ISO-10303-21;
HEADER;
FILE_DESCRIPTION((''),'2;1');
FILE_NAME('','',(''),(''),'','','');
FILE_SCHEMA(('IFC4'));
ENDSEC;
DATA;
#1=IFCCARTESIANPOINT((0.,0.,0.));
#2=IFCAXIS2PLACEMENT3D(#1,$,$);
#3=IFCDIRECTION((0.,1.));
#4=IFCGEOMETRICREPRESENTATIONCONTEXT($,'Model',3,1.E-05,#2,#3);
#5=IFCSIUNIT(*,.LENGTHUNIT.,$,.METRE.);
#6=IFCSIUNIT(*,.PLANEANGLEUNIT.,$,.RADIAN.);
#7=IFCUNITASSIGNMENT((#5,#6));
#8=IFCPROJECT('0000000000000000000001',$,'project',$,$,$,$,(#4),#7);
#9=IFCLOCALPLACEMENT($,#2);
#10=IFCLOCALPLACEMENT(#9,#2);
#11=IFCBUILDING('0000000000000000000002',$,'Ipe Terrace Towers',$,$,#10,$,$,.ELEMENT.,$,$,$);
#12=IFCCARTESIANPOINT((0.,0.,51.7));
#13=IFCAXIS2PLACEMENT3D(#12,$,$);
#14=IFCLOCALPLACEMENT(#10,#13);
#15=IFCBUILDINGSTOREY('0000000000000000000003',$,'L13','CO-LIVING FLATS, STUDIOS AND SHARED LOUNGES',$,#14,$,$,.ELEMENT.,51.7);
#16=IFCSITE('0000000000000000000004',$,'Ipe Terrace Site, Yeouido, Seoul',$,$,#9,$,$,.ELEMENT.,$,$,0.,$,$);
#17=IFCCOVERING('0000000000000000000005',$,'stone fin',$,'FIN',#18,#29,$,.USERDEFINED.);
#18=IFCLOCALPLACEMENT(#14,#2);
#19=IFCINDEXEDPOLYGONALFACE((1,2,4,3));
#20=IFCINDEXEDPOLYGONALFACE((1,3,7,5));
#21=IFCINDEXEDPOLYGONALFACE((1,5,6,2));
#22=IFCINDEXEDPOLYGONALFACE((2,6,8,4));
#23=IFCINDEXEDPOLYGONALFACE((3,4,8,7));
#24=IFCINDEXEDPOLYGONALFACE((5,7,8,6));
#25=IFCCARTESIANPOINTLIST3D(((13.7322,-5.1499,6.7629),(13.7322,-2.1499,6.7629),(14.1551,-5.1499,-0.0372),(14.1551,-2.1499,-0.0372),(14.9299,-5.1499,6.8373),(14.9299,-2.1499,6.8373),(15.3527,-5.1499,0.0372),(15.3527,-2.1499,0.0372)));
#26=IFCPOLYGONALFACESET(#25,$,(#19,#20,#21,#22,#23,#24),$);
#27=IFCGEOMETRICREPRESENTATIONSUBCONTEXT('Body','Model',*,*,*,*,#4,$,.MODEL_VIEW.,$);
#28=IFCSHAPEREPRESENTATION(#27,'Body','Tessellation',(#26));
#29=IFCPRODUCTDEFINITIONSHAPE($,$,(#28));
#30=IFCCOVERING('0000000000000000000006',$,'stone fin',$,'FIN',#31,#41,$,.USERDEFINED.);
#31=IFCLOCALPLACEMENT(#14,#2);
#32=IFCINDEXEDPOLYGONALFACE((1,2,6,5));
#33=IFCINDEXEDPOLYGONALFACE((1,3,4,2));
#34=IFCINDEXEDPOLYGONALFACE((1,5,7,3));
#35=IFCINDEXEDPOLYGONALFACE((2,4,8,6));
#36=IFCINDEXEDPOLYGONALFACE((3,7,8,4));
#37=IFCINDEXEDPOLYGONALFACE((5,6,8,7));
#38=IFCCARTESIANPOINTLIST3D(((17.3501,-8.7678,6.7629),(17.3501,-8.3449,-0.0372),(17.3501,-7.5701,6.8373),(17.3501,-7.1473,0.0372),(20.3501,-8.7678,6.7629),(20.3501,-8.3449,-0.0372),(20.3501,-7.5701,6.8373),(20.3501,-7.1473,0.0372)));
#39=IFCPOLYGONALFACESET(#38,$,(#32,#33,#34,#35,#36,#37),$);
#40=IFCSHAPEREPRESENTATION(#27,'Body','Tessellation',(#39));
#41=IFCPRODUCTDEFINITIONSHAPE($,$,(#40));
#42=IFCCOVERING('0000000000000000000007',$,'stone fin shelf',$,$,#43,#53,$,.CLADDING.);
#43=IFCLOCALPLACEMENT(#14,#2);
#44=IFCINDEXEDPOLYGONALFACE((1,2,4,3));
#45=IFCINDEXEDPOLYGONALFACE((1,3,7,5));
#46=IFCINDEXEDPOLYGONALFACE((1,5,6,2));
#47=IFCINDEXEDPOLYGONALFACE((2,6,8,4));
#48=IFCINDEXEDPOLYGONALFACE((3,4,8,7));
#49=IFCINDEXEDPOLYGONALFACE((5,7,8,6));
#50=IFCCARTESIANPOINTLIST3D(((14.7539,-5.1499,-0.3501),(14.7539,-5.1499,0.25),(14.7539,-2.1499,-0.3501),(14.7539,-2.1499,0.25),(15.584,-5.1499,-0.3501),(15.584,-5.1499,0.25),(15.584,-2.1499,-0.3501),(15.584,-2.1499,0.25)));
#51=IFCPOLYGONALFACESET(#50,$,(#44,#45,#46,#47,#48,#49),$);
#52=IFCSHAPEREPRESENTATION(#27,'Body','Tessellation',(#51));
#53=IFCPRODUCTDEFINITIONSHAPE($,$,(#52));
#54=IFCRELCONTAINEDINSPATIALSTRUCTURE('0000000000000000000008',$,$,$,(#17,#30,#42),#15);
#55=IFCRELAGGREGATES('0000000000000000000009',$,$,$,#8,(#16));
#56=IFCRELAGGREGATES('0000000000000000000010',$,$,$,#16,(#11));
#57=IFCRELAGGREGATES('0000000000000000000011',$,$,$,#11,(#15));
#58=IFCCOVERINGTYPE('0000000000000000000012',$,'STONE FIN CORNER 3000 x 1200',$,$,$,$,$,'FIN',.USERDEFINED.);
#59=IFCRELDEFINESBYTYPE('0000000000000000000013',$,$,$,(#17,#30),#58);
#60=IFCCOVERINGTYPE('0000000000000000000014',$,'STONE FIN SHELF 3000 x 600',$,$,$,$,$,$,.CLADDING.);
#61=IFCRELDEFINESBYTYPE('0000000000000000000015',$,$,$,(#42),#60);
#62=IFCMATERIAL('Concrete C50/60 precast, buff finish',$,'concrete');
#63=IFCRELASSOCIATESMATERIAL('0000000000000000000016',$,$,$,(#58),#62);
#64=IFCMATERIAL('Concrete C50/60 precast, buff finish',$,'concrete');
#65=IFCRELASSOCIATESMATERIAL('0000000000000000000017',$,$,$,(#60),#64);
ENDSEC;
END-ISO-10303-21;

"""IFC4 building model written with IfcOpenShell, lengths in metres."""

from ifc_helpers import new_model, si_unit, direction, frame, origin, origin_2d, place, context, subcontext, project, spatial, rectangle, extrude, material, material_profile, profile_set, type_object, element, save


model = new_model("IFC4")

# Units and contexts
model_context = context("Model", 3, precision=1e-05, world=origin(), true_north=direction((0.0, 1.0)))
body_context = subcontext(model_context, "Body", "Model", "MODEL_VIEW")
ifc_project = project(units=[si_unit("LENGTHUNIT", "METRE"), si_unit("PLANEANGLEUNIT", "RADIAN")], contexts=[model_context])

# Site, building, storey
site_placement = place(None, origin())
site = spatial("IfcSite", under=ifc_project, at=site_placement, Name="Ipe Terrace Site, Yeouido, Seoul", CompositionType="ELEMENT", RefElevation=0.0)
building_placement = place(site_placement, origin())
building = spatial("IfcBuilding", under=site, at=building_placement, Name="Ipe Terrace Towers", CompositionType="ELEMENT")
storey_placement = place(building_placement, frame((0.0, 0.0, 51.7)))
storey = spatial("IfcBuildingStorey", under=building, at=storey_placement, Name="L13", Description="CO-LIVING FLATS, STUDIOS AND SHARED LOUNGES", CompositionType="ELEMENT", Elevation=51.7)

# Coverings
ifc_material_1 = material(Name="Concrete C50/60 precast, buff finish", Category="concrete")
ifc_material_profile_1 = material_profile(ifc_material_1, rectangle(XDim=3.0, YDim=1.2, at=origin_2d()), Name="STONE FIN CORNER 3000 x 1200")
ifc_profile_set_1 = profile_set([ifc_material_profile_1], Name="Concrete C50/60 precast, buff finish")
covering_type_1 = type_object("IfcCoveringType", Name="STONE FIN CORNER 3000 x 1200", ElementType="FIN", PredefinedType="USERDEFINED", material=ifc_profile_set_1)
for number, where, z_axis, x_axis, name in (
    (1, (14.7539, -3.6499, 0.0), (-0.062064, 0.0, 0.998072), (0.0, -1.0, 0.0), "stone fin"),
    (2, (18.8501, -7.7461, 0.0), (0.0, -0.062064, 0.998072), (1.0, 0.0, 0.0), "stone fin"),
):
    element("IfcCovering", number, at=place(storey_placement, frame(where, z_axis=z_axis, x_axis=x_axis)), inside=storey, type_object=covering_type_1, Name=name, ObjectType="FIN", PredefinedType="USERDEFINED", context=body_context, shape_type="SweptSolid", body=[
        extrude(rectangle(XDim=3.0, YDim=1.2, at=origin_2d()), origin(), (0.0, 0.0, 1.0), 6.8132),
    ])
ifc_material_2 = material(Name="Concrete C50/60 precast, buff finish", Category="concrete")
covering_type_2 = type_object("IfcCoveringType", Name="STONE FIN SHELF 3000 x 600", PredefinedType="CLADDING", material=ifc_material_2)
covering_placement = place(storey_placement, frame((15.1689, -3.6499, -0.3501), z_axis=(0.0, 0.0, 1.0), x_axis=(0.0, -1.0, 0.0)))
element("IfcCovering", 3, at=covering_placement, inside=storey, type_object=covering_type_2, Name="stone fin shelf", PredefinedType="CLADDING", context=body_context, shape_type="SweptSolid", body=[
    extrude(rectangle(XDim=3.0, YDim=0.8301, at=origin_2d()), origin(), (0.0, 0.0, 1.0), 0.6001),
])

save(model, "model.ifc")
